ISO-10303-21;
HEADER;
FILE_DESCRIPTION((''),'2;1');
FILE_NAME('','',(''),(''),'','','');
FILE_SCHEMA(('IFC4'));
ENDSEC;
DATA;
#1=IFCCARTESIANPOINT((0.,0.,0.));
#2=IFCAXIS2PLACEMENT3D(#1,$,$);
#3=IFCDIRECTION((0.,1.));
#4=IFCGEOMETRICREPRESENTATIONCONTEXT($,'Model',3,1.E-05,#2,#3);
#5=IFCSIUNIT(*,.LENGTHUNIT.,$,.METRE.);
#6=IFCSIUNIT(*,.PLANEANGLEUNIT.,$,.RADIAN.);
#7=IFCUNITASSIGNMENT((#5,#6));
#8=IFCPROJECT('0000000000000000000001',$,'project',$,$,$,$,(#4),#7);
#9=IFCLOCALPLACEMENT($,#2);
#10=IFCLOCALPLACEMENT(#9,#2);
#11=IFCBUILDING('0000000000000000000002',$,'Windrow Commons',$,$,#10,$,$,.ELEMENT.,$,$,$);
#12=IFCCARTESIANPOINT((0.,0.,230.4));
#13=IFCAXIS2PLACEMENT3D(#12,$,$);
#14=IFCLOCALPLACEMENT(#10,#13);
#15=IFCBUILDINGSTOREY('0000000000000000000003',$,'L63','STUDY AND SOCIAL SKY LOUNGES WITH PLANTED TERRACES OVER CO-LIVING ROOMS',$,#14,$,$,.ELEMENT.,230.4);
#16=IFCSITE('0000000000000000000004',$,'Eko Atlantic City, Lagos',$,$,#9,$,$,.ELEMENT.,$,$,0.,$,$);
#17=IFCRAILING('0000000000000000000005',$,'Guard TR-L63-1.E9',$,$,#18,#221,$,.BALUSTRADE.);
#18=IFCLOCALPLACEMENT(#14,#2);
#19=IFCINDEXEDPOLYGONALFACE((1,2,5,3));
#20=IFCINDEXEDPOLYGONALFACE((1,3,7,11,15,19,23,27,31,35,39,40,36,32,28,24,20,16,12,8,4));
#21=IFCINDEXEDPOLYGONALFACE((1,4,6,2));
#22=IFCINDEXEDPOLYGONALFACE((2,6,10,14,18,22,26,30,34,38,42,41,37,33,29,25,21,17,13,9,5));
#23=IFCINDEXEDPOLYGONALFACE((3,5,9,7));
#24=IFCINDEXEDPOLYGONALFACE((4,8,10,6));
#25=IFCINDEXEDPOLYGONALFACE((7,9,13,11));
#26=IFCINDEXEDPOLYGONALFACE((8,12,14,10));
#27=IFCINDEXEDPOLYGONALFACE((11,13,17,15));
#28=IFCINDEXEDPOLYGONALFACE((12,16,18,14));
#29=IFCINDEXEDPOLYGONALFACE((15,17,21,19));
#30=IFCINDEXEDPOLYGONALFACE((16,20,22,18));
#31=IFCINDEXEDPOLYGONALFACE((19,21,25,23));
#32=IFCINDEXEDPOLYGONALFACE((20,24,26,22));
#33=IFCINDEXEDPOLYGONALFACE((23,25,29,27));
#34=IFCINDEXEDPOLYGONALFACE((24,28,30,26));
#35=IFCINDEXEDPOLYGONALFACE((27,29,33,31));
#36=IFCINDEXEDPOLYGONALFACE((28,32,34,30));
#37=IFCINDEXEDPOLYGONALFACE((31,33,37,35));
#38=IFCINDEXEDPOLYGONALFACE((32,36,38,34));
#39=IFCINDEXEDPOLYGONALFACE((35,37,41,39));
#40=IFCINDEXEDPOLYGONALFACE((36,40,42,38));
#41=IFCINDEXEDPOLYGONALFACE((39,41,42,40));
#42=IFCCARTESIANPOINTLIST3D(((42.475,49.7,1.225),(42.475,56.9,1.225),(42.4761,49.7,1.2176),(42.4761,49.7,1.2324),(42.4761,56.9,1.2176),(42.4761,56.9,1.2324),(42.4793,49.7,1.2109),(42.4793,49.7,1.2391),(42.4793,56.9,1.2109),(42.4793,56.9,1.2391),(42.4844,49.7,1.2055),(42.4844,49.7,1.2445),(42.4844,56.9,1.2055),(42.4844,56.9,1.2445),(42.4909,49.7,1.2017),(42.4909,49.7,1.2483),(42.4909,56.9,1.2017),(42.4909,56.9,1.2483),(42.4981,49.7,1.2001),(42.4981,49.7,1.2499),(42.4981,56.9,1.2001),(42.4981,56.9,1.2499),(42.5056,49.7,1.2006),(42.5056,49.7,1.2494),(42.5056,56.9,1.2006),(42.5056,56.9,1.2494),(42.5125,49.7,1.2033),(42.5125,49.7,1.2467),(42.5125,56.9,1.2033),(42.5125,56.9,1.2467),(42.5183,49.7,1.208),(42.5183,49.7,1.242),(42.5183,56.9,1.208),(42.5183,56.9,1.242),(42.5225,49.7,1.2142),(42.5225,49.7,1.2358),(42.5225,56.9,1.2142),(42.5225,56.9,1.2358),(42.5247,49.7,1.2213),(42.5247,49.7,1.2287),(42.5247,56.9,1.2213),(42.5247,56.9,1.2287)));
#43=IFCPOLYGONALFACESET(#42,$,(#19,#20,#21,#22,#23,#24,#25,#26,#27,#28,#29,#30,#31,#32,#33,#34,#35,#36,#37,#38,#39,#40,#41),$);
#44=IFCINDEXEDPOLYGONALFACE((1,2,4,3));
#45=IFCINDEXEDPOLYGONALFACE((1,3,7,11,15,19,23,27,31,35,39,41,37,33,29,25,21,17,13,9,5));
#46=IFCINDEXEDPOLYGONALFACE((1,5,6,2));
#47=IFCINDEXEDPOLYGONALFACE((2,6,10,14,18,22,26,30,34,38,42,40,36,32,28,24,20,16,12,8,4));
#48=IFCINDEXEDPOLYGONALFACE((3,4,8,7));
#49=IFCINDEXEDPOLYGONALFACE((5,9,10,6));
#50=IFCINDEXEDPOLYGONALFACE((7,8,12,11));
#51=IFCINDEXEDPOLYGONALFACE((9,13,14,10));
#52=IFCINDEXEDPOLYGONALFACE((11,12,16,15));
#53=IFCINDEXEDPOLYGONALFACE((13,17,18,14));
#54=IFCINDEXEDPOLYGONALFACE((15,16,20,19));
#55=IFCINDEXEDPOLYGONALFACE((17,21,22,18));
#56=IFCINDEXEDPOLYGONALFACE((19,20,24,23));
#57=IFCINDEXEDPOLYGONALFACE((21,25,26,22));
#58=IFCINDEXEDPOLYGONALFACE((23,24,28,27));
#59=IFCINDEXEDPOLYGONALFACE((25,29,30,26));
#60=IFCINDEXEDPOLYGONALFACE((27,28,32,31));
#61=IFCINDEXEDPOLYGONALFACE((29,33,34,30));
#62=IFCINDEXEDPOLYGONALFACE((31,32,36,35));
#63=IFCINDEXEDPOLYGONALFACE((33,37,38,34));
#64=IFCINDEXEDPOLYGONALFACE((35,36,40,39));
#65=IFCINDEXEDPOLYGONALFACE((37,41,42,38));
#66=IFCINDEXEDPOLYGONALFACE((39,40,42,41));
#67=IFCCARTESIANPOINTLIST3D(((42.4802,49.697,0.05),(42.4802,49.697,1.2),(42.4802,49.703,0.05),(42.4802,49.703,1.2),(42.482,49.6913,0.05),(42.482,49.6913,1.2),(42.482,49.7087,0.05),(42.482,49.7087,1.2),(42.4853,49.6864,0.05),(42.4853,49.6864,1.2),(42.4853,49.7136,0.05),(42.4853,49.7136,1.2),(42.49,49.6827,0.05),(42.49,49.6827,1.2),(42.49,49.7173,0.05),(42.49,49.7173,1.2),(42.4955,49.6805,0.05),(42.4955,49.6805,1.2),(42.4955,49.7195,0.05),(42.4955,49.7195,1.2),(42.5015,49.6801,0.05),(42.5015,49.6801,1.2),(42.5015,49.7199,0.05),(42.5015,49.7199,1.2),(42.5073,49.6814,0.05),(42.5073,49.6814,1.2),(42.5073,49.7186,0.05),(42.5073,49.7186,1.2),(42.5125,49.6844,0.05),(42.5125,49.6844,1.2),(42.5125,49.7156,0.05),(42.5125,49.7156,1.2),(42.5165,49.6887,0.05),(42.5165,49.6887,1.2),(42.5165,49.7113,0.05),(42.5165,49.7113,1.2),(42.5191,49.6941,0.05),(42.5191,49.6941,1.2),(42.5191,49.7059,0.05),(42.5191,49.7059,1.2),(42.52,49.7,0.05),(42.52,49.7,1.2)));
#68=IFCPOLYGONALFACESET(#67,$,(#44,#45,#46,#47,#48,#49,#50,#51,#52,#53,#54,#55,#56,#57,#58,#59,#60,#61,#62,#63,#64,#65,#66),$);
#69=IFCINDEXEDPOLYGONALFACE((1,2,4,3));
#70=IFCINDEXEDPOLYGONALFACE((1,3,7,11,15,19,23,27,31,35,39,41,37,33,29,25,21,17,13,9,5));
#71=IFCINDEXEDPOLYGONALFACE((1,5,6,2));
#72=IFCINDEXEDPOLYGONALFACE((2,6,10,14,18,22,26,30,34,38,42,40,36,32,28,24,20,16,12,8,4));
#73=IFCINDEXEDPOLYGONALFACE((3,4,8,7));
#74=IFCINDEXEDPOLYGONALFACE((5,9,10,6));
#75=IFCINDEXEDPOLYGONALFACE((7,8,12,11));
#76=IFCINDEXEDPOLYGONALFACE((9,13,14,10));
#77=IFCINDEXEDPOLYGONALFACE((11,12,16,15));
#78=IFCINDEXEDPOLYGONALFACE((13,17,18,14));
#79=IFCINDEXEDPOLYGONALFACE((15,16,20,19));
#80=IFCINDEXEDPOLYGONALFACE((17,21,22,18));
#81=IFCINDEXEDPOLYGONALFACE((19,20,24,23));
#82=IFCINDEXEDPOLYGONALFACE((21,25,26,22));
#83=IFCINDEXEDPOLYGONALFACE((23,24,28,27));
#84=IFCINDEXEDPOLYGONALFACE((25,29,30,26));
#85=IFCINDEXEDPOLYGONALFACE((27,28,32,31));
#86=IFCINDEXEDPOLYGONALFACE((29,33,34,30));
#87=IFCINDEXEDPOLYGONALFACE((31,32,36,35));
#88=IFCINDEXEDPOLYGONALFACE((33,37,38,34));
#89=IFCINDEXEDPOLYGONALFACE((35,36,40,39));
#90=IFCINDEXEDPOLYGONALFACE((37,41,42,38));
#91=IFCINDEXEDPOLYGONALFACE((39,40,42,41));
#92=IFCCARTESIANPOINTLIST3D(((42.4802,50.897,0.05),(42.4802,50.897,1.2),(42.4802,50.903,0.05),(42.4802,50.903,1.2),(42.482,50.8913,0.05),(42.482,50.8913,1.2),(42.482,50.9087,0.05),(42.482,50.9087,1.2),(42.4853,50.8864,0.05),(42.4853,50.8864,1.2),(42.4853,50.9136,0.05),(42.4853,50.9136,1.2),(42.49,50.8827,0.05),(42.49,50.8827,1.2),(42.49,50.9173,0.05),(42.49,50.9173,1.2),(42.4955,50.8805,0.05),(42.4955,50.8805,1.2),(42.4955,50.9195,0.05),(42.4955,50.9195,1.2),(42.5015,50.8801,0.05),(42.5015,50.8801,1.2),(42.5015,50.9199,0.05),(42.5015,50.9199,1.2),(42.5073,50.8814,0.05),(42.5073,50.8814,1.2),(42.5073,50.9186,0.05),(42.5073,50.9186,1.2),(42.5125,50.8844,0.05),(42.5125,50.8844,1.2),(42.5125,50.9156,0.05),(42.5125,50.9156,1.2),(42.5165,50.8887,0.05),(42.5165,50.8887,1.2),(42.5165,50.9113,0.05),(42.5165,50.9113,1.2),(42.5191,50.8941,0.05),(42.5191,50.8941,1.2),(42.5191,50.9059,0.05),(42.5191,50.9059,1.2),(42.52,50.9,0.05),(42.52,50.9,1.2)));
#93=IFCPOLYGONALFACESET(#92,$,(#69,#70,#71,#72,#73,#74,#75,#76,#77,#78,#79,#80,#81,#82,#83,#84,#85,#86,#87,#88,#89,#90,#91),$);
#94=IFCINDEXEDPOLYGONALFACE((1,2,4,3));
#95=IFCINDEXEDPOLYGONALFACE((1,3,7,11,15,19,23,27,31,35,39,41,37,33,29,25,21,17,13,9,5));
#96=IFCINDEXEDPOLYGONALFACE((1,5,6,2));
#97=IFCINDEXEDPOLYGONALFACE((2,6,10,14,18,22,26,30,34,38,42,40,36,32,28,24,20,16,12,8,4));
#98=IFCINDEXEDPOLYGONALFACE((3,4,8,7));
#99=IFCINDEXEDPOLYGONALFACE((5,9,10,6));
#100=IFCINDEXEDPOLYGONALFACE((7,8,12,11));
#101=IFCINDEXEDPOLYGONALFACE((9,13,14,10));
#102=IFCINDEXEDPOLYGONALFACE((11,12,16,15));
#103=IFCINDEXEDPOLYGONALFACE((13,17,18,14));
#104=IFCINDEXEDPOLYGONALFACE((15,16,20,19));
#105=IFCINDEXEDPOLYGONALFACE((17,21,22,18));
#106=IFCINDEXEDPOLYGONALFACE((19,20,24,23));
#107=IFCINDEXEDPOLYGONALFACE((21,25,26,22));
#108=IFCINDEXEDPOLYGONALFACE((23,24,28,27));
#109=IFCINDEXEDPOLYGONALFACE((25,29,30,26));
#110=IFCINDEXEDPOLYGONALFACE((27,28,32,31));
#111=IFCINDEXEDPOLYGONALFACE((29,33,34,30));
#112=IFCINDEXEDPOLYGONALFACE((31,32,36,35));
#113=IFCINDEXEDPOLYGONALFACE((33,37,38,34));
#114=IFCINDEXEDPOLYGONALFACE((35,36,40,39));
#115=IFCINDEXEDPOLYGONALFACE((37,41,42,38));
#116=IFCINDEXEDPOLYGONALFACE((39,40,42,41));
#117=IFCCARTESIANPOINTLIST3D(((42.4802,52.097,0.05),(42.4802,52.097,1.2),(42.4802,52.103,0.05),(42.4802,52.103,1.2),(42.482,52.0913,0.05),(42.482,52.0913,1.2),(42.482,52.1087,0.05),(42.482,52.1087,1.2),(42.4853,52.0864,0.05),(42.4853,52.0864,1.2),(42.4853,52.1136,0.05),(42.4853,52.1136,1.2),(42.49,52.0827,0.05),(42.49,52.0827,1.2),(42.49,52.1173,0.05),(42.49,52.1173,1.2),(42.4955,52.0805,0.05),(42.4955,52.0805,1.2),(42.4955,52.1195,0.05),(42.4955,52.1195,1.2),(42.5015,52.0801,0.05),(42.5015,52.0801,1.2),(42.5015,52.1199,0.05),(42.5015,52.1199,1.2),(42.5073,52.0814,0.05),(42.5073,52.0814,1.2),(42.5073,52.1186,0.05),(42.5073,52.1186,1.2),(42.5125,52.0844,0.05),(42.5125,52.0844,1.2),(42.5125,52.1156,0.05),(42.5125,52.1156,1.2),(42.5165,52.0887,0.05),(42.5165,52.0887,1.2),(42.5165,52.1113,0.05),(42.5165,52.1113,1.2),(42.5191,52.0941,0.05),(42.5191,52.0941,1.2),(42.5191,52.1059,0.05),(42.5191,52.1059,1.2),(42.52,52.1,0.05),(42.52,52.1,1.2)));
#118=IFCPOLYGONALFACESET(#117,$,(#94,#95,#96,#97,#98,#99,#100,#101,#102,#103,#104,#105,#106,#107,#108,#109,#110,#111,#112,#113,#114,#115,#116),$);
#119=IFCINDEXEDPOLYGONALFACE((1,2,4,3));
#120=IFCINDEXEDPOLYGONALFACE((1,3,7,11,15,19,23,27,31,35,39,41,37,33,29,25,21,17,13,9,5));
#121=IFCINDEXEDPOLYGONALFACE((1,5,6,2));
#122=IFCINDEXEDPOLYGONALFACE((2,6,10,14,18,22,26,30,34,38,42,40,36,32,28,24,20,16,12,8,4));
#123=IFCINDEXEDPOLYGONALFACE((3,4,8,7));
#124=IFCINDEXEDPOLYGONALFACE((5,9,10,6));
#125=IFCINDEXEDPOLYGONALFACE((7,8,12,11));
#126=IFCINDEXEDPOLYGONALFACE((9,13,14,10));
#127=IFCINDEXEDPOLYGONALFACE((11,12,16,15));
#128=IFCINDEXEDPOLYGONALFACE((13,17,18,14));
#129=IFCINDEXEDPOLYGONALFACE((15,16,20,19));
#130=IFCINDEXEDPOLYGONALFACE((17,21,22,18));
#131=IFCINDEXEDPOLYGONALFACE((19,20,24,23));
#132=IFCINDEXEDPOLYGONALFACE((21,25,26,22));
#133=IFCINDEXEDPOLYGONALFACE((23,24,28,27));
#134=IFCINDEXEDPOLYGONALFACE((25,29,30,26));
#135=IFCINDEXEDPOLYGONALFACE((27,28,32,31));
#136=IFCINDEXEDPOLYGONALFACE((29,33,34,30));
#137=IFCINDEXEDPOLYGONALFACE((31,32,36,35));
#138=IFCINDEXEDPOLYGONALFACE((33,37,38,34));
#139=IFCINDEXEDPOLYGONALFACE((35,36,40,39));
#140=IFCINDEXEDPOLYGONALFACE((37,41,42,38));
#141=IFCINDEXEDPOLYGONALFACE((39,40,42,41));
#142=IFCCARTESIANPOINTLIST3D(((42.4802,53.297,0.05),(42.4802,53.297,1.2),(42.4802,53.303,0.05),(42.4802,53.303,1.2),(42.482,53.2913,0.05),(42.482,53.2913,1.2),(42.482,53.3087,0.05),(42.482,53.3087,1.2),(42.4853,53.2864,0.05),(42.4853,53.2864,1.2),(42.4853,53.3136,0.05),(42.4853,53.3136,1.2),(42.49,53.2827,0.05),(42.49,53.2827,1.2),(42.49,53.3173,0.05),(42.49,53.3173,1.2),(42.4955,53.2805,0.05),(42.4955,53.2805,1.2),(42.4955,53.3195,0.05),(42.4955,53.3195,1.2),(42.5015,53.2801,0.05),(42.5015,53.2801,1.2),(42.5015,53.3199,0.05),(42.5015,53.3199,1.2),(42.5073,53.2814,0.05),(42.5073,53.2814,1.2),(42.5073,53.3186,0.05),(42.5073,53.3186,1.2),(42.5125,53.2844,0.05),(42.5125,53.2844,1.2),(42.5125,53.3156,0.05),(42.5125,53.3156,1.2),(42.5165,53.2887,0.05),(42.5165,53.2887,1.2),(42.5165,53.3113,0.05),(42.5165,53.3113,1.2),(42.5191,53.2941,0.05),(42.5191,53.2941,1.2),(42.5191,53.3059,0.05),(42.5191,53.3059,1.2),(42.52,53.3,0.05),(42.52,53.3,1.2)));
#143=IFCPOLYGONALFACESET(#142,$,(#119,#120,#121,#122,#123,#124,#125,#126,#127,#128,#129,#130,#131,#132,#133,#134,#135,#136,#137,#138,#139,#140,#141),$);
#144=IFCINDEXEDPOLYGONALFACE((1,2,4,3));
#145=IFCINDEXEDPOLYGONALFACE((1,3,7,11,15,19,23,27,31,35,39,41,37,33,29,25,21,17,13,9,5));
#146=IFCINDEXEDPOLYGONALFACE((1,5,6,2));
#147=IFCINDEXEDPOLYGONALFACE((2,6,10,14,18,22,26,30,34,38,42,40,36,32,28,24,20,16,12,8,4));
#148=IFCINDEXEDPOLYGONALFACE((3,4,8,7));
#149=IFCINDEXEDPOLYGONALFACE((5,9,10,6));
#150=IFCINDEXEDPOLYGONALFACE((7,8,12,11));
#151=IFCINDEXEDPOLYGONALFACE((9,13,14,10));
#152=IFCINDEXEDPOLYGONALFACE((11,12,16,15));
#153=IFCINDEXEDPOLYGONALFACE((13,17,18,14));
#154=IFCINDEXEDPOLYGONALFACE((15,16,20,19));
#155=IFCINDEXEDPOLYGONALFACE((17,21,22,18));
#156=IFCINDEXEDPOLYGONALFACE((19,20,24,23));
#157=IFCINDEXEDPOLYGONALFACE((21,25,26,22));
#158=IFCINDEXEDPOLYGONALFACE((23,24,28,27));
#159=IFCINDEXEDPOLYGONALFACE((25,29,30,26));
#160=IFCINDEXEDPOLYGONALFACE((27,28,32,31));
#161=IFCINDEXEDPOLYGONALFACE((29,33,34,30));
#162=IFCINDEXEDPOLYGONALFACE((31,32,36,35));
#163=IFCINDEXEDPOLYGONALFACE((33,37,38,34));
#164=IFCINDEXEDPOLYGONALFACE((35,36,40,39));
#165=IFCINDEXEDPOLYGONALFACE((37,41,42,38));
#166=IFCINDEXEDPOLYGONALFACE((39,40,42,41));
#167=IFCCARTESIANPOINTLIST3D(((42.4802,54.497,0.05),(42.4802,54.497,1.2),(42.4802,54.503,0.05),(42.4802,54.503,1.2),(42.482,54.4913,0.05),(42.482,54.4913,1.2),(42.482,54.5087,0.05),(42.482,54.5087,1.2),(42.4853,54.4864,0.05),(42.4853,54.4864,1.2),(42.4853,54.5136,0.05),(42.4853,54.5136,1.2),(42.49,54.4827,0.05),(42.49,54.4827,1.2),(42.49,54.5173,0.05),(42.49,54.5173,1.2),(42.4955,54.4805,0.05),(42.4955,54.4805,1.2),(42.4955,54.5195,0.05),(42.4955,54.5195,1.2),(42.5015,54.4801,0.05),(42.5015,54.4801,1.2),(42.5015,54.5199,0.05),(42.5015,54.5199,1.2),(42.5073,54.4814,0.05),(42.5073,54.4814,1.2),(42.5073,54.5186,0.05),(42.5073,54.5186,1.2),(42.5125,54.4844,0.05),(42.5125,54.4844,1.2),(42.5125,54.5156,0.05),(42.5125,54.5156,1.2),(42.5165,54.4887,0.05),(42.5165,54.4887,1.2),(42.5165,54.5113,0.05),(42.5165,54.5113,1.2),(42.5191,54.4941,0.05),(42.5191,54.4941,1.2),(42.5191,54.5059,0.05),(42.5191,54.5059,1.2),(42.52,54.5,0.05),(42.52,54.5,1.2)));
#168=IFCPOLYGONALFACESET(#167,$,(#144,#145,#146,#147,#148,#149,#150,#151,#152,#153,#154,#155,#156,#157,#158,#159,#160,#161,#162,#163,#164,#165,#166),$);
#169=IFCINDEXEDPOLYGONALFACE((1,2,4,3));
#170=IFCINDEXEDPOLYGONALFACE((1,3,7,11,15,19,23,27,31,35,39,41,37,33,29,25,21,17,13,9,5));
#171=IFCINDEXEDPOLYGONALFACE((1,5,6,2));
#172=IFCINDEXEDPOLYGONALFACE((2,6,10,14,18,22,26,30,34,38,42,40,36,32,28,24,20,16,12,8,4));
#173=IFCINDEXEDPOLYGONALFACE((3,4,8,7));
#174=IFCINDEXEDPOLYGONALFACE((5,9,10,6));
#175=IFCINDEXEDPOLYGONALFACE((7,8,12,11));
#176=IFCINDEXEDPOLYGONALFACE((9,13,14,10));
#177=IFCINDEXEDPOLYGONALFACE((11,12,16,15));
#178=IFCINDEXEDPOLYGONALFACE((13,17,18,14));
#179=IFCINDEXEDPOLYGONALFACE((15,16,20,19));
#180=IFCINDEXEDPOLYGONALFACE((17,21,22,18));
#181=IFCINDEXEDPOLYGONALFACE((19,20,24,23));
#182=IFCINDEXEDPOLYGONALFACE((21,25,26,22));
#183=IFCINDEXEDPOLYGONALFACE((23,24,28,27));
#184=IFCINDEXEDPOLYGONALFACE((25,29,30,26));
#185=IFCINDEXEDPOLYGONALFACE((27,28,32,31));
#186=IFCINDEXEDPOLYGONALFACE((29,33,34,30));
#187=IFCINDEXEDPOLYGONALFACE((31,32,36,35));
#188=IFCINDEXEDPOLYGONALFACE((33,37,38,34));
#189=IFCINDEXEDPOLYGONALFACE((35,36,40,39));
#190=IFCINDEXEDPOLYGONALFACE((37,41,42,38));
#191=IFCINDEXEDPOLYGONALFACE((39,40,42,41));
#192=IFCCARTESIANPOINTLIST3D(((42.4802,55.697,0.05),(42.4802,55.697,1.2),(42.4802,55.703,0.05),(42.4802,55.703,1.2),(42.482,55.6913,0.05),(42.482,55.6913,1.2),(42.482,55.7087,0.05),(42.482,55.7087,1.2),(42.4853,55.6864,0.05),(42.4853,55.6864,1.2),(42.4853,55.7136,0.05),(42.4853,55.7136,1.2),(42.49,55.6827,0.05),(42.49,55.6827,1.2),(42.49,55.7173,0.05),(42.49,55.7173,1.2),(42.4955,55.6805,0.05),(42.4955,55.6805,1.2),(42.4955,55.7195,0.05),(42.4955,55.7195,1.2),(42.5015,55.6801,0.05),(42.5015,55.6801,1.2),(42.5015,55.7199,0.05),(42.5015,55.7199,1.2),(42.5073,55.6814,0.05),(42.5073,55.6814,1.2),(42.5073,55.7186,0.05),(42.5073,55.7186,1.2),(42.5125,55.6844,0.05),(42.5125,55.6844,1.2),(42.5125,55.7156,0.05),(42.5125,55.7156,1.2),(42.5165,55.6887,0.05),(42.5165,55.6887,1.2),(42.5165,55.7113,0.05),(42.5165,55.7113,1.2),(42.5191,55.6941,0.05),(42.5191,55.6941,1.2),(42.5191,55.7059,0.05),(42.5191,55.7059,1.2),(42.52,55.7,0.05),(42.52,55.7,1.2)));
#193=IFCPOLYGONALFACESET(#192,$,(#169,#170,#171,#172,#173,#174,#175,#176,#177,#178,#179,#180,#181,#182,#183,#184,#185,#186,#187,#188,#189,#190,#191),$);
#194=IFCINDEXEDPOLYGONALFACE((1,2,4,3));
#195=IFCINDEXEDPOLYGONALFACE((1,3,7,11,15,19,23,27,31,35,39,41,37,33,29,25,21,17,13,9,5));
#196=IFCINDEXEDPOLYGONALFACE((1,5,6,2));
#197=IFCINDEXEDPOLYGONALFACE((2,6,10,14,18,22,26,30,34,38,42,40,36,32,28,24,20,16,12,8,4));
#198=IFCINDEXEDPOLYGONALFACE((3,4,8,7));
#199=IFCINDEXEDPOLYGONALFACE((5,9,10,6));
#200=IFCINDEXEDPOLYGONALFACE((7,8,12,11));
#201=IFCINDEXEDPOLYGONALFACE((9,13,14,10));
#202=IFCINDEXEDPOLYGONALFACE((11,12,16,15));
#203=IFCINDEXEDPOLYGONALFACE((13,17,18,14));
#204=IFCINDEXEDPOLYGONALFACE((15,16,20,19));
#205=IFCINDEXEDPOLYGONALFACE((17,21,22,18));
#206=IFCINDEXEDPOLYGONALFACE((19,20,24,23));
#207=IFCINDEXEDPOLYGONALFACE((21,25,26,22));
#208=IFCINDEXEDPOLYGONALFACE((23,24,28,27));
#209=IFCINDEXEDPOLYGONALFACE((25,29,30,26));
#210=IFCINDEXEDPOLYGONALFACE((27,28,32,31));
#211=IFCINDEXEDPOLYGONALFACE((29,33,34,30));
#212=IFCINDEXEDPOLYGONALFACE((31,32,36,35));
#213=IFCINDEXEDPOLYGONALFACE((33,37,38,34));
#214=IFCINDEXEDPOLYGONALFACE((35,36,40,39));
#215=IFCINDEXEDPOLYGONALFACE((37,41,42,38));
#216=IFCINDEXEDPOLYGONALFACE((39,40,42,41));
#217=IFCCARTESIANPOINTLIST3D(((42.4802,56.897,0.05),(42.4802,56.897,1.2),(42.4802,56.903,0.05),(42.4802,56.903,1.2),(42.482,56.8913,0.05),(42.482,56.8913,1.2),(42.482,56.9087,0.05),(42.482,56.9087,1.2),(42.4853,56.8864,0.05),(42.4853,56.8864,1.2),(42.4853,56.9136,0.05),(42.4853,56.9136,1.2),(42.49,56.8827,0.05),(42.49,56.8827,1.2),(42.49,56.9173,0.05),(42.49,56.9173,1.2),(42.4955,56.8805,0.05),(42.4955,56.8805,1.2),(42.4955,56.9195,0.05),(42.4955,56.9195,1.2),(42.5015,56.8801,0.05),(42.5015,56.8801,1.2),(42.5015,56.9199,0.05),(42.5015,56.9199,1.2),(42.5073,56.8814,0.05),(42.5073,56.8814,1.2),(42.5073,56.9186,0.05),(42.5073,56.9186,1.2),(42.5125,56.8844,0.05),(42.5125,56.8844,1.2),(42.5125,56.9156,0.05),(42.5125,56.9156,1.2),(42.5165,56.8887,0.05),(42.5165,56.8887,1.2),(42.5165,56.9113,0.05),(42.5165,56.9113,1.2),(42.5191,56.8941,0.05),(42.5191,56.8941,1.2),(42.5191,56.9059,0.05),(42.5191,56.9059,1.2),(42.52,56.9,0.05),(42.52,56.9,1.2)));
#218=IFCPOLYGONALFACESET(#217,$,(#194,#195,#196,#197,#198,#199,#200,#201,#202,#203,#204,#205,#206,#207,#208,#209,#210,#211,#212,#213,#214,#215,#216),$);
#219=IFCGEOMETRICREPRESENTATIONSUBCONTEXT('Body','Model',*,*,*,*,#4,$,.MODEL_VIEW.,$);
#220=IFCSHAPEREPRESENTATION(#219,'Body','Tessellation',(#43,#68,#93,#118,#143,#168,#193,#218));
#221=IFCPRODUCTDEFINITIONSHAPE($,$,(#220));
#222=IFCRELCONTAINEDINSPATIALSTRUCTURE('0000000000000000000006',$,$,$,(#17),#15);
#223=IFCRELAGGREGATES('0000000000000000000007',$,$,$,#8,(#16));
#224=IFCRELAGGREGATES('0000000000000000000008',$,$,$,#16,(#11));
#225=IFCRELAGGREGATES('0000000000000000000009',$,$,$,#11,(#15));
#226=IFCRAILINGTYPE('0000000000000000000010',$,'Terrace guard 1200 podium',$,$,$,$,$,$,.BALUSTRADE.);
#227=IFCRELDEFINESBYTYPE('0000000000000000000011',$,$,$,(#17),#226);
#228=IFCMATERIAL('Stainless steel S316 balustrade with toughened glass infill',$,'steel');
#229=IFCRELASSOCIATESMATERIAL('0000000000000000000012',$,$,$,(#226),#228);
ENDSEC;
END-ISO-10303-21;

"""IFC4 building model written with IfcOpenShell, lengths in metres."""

from ifc_helpers import new_model, si_unit, direction, frame, origin, origin_2d, place, context, subcontext, project, spatial, circle, extrude, material, type_object, element, save


model = new_model("IFC4")

# Units and contexts
model_context = context("Model", 3, precision=1e-05, world=origin(), true_north=direction((0.0, 1.0)))
body_context = subcontext(model_context, "Body", "Model", "MODEL_VIEW")
ifc_project = project(units=[si_unit("LENGTHUNIT", "METRE"), si_unit("PLANEANGLEUNIT", "RADIAN")], contexts=[model_context])

# Site, building, storey
site_placement = place(None, origin())
site = spatial("IfcSite", under=ifc_project, at=site_placement, Name="Eko Atlantic City, Lagos", CompositionType="ELEMENT", RefElevation=0.0)
building_placement = place(site_placement, origin())
building = spatial("IfcBuilding", under=site, at=building_placement, Name="Windrow Commons", CompositionType="ELEMENT")
storey_placement = place(building_placement, frame((0.0, 0.0, 230.4)))
storey = spatial("IfcBuildingStorey", under=building, at=storey_placement, Name="L63", Description="STUDY AND SOCIAL SKY LOUNGES WITH PLANTED TERRACES OVER CO-LIVING ROOMS", CompositionType="ELEMENT", Elevation=230.4)

# Railing
ifc_material_1 = material(Name="Stainless steel S316 balustrade with toughened glass infill", Category="steel")
railing_type = type_object("IfcRailingType", Name="Terrace guard 1200 podium", PredefinedType="BALUSTRADE", material=ifc_material_1)
railing_1_placement = place(storey_placement, frame((42.5, 49.7, 0.05)))
element("IfcRailing", 1, at=railing_1_placement, inside=storey, type_object=railing_type, Name="Guard TR-L63-1.E9", PredefinedType="BALUSTRADE", context=body_context, shape_type="SweptSolid", body=[
    extrude(circle(Radius=0.025, at=origin_2d()), frame((0.0, 0.0, 1.175), z_axis=(0.0, 1.0, 0.0), x_axis=(-1.0, 0.0, 0.0)), (0.0, 0.0, 1.0), 7.2),
    extrude(circle(Radius=0.02, at=origin_2d()), origin(), (0.0, 0.0, 1.0), 1.15),
    extrude(circle(Radius=0.02, at=origin_2d()), frame((0.0, 1.2, 0.0)), (0.0, 0.0, 1.0), 1.15),
    extrude(circle(Radius=0.02, at=origin_2d()), frame((0.0, 2.4, 0.0)), (0.0, 0.0, 1.0), 1.15),
    extrude(circle(Radius=0.02, at=origin_2d()), frame((0.0, 3.6, 0.0)), (0.0, 0.0, 1.0), 1.15),
    extrude(circle(Radius=0.02, at=origin_2d()), frame((0.0, 4.8, 0.0)), (0.0, 0.0, 1.0), 1.15),
    extrude(circle(Radius=0.02, at=origin_2d()), frame((0.0, 6.0, 0.0)), (0.0, 0.0, 1.0), 1.15),
    extrude(circle(Radius=0.02, at=origin_2d()), frame((0.0, 7.2, 0.0)), (0.0, 0.0, 1.0), 1.15),
])

save(model, "model.ifc")
